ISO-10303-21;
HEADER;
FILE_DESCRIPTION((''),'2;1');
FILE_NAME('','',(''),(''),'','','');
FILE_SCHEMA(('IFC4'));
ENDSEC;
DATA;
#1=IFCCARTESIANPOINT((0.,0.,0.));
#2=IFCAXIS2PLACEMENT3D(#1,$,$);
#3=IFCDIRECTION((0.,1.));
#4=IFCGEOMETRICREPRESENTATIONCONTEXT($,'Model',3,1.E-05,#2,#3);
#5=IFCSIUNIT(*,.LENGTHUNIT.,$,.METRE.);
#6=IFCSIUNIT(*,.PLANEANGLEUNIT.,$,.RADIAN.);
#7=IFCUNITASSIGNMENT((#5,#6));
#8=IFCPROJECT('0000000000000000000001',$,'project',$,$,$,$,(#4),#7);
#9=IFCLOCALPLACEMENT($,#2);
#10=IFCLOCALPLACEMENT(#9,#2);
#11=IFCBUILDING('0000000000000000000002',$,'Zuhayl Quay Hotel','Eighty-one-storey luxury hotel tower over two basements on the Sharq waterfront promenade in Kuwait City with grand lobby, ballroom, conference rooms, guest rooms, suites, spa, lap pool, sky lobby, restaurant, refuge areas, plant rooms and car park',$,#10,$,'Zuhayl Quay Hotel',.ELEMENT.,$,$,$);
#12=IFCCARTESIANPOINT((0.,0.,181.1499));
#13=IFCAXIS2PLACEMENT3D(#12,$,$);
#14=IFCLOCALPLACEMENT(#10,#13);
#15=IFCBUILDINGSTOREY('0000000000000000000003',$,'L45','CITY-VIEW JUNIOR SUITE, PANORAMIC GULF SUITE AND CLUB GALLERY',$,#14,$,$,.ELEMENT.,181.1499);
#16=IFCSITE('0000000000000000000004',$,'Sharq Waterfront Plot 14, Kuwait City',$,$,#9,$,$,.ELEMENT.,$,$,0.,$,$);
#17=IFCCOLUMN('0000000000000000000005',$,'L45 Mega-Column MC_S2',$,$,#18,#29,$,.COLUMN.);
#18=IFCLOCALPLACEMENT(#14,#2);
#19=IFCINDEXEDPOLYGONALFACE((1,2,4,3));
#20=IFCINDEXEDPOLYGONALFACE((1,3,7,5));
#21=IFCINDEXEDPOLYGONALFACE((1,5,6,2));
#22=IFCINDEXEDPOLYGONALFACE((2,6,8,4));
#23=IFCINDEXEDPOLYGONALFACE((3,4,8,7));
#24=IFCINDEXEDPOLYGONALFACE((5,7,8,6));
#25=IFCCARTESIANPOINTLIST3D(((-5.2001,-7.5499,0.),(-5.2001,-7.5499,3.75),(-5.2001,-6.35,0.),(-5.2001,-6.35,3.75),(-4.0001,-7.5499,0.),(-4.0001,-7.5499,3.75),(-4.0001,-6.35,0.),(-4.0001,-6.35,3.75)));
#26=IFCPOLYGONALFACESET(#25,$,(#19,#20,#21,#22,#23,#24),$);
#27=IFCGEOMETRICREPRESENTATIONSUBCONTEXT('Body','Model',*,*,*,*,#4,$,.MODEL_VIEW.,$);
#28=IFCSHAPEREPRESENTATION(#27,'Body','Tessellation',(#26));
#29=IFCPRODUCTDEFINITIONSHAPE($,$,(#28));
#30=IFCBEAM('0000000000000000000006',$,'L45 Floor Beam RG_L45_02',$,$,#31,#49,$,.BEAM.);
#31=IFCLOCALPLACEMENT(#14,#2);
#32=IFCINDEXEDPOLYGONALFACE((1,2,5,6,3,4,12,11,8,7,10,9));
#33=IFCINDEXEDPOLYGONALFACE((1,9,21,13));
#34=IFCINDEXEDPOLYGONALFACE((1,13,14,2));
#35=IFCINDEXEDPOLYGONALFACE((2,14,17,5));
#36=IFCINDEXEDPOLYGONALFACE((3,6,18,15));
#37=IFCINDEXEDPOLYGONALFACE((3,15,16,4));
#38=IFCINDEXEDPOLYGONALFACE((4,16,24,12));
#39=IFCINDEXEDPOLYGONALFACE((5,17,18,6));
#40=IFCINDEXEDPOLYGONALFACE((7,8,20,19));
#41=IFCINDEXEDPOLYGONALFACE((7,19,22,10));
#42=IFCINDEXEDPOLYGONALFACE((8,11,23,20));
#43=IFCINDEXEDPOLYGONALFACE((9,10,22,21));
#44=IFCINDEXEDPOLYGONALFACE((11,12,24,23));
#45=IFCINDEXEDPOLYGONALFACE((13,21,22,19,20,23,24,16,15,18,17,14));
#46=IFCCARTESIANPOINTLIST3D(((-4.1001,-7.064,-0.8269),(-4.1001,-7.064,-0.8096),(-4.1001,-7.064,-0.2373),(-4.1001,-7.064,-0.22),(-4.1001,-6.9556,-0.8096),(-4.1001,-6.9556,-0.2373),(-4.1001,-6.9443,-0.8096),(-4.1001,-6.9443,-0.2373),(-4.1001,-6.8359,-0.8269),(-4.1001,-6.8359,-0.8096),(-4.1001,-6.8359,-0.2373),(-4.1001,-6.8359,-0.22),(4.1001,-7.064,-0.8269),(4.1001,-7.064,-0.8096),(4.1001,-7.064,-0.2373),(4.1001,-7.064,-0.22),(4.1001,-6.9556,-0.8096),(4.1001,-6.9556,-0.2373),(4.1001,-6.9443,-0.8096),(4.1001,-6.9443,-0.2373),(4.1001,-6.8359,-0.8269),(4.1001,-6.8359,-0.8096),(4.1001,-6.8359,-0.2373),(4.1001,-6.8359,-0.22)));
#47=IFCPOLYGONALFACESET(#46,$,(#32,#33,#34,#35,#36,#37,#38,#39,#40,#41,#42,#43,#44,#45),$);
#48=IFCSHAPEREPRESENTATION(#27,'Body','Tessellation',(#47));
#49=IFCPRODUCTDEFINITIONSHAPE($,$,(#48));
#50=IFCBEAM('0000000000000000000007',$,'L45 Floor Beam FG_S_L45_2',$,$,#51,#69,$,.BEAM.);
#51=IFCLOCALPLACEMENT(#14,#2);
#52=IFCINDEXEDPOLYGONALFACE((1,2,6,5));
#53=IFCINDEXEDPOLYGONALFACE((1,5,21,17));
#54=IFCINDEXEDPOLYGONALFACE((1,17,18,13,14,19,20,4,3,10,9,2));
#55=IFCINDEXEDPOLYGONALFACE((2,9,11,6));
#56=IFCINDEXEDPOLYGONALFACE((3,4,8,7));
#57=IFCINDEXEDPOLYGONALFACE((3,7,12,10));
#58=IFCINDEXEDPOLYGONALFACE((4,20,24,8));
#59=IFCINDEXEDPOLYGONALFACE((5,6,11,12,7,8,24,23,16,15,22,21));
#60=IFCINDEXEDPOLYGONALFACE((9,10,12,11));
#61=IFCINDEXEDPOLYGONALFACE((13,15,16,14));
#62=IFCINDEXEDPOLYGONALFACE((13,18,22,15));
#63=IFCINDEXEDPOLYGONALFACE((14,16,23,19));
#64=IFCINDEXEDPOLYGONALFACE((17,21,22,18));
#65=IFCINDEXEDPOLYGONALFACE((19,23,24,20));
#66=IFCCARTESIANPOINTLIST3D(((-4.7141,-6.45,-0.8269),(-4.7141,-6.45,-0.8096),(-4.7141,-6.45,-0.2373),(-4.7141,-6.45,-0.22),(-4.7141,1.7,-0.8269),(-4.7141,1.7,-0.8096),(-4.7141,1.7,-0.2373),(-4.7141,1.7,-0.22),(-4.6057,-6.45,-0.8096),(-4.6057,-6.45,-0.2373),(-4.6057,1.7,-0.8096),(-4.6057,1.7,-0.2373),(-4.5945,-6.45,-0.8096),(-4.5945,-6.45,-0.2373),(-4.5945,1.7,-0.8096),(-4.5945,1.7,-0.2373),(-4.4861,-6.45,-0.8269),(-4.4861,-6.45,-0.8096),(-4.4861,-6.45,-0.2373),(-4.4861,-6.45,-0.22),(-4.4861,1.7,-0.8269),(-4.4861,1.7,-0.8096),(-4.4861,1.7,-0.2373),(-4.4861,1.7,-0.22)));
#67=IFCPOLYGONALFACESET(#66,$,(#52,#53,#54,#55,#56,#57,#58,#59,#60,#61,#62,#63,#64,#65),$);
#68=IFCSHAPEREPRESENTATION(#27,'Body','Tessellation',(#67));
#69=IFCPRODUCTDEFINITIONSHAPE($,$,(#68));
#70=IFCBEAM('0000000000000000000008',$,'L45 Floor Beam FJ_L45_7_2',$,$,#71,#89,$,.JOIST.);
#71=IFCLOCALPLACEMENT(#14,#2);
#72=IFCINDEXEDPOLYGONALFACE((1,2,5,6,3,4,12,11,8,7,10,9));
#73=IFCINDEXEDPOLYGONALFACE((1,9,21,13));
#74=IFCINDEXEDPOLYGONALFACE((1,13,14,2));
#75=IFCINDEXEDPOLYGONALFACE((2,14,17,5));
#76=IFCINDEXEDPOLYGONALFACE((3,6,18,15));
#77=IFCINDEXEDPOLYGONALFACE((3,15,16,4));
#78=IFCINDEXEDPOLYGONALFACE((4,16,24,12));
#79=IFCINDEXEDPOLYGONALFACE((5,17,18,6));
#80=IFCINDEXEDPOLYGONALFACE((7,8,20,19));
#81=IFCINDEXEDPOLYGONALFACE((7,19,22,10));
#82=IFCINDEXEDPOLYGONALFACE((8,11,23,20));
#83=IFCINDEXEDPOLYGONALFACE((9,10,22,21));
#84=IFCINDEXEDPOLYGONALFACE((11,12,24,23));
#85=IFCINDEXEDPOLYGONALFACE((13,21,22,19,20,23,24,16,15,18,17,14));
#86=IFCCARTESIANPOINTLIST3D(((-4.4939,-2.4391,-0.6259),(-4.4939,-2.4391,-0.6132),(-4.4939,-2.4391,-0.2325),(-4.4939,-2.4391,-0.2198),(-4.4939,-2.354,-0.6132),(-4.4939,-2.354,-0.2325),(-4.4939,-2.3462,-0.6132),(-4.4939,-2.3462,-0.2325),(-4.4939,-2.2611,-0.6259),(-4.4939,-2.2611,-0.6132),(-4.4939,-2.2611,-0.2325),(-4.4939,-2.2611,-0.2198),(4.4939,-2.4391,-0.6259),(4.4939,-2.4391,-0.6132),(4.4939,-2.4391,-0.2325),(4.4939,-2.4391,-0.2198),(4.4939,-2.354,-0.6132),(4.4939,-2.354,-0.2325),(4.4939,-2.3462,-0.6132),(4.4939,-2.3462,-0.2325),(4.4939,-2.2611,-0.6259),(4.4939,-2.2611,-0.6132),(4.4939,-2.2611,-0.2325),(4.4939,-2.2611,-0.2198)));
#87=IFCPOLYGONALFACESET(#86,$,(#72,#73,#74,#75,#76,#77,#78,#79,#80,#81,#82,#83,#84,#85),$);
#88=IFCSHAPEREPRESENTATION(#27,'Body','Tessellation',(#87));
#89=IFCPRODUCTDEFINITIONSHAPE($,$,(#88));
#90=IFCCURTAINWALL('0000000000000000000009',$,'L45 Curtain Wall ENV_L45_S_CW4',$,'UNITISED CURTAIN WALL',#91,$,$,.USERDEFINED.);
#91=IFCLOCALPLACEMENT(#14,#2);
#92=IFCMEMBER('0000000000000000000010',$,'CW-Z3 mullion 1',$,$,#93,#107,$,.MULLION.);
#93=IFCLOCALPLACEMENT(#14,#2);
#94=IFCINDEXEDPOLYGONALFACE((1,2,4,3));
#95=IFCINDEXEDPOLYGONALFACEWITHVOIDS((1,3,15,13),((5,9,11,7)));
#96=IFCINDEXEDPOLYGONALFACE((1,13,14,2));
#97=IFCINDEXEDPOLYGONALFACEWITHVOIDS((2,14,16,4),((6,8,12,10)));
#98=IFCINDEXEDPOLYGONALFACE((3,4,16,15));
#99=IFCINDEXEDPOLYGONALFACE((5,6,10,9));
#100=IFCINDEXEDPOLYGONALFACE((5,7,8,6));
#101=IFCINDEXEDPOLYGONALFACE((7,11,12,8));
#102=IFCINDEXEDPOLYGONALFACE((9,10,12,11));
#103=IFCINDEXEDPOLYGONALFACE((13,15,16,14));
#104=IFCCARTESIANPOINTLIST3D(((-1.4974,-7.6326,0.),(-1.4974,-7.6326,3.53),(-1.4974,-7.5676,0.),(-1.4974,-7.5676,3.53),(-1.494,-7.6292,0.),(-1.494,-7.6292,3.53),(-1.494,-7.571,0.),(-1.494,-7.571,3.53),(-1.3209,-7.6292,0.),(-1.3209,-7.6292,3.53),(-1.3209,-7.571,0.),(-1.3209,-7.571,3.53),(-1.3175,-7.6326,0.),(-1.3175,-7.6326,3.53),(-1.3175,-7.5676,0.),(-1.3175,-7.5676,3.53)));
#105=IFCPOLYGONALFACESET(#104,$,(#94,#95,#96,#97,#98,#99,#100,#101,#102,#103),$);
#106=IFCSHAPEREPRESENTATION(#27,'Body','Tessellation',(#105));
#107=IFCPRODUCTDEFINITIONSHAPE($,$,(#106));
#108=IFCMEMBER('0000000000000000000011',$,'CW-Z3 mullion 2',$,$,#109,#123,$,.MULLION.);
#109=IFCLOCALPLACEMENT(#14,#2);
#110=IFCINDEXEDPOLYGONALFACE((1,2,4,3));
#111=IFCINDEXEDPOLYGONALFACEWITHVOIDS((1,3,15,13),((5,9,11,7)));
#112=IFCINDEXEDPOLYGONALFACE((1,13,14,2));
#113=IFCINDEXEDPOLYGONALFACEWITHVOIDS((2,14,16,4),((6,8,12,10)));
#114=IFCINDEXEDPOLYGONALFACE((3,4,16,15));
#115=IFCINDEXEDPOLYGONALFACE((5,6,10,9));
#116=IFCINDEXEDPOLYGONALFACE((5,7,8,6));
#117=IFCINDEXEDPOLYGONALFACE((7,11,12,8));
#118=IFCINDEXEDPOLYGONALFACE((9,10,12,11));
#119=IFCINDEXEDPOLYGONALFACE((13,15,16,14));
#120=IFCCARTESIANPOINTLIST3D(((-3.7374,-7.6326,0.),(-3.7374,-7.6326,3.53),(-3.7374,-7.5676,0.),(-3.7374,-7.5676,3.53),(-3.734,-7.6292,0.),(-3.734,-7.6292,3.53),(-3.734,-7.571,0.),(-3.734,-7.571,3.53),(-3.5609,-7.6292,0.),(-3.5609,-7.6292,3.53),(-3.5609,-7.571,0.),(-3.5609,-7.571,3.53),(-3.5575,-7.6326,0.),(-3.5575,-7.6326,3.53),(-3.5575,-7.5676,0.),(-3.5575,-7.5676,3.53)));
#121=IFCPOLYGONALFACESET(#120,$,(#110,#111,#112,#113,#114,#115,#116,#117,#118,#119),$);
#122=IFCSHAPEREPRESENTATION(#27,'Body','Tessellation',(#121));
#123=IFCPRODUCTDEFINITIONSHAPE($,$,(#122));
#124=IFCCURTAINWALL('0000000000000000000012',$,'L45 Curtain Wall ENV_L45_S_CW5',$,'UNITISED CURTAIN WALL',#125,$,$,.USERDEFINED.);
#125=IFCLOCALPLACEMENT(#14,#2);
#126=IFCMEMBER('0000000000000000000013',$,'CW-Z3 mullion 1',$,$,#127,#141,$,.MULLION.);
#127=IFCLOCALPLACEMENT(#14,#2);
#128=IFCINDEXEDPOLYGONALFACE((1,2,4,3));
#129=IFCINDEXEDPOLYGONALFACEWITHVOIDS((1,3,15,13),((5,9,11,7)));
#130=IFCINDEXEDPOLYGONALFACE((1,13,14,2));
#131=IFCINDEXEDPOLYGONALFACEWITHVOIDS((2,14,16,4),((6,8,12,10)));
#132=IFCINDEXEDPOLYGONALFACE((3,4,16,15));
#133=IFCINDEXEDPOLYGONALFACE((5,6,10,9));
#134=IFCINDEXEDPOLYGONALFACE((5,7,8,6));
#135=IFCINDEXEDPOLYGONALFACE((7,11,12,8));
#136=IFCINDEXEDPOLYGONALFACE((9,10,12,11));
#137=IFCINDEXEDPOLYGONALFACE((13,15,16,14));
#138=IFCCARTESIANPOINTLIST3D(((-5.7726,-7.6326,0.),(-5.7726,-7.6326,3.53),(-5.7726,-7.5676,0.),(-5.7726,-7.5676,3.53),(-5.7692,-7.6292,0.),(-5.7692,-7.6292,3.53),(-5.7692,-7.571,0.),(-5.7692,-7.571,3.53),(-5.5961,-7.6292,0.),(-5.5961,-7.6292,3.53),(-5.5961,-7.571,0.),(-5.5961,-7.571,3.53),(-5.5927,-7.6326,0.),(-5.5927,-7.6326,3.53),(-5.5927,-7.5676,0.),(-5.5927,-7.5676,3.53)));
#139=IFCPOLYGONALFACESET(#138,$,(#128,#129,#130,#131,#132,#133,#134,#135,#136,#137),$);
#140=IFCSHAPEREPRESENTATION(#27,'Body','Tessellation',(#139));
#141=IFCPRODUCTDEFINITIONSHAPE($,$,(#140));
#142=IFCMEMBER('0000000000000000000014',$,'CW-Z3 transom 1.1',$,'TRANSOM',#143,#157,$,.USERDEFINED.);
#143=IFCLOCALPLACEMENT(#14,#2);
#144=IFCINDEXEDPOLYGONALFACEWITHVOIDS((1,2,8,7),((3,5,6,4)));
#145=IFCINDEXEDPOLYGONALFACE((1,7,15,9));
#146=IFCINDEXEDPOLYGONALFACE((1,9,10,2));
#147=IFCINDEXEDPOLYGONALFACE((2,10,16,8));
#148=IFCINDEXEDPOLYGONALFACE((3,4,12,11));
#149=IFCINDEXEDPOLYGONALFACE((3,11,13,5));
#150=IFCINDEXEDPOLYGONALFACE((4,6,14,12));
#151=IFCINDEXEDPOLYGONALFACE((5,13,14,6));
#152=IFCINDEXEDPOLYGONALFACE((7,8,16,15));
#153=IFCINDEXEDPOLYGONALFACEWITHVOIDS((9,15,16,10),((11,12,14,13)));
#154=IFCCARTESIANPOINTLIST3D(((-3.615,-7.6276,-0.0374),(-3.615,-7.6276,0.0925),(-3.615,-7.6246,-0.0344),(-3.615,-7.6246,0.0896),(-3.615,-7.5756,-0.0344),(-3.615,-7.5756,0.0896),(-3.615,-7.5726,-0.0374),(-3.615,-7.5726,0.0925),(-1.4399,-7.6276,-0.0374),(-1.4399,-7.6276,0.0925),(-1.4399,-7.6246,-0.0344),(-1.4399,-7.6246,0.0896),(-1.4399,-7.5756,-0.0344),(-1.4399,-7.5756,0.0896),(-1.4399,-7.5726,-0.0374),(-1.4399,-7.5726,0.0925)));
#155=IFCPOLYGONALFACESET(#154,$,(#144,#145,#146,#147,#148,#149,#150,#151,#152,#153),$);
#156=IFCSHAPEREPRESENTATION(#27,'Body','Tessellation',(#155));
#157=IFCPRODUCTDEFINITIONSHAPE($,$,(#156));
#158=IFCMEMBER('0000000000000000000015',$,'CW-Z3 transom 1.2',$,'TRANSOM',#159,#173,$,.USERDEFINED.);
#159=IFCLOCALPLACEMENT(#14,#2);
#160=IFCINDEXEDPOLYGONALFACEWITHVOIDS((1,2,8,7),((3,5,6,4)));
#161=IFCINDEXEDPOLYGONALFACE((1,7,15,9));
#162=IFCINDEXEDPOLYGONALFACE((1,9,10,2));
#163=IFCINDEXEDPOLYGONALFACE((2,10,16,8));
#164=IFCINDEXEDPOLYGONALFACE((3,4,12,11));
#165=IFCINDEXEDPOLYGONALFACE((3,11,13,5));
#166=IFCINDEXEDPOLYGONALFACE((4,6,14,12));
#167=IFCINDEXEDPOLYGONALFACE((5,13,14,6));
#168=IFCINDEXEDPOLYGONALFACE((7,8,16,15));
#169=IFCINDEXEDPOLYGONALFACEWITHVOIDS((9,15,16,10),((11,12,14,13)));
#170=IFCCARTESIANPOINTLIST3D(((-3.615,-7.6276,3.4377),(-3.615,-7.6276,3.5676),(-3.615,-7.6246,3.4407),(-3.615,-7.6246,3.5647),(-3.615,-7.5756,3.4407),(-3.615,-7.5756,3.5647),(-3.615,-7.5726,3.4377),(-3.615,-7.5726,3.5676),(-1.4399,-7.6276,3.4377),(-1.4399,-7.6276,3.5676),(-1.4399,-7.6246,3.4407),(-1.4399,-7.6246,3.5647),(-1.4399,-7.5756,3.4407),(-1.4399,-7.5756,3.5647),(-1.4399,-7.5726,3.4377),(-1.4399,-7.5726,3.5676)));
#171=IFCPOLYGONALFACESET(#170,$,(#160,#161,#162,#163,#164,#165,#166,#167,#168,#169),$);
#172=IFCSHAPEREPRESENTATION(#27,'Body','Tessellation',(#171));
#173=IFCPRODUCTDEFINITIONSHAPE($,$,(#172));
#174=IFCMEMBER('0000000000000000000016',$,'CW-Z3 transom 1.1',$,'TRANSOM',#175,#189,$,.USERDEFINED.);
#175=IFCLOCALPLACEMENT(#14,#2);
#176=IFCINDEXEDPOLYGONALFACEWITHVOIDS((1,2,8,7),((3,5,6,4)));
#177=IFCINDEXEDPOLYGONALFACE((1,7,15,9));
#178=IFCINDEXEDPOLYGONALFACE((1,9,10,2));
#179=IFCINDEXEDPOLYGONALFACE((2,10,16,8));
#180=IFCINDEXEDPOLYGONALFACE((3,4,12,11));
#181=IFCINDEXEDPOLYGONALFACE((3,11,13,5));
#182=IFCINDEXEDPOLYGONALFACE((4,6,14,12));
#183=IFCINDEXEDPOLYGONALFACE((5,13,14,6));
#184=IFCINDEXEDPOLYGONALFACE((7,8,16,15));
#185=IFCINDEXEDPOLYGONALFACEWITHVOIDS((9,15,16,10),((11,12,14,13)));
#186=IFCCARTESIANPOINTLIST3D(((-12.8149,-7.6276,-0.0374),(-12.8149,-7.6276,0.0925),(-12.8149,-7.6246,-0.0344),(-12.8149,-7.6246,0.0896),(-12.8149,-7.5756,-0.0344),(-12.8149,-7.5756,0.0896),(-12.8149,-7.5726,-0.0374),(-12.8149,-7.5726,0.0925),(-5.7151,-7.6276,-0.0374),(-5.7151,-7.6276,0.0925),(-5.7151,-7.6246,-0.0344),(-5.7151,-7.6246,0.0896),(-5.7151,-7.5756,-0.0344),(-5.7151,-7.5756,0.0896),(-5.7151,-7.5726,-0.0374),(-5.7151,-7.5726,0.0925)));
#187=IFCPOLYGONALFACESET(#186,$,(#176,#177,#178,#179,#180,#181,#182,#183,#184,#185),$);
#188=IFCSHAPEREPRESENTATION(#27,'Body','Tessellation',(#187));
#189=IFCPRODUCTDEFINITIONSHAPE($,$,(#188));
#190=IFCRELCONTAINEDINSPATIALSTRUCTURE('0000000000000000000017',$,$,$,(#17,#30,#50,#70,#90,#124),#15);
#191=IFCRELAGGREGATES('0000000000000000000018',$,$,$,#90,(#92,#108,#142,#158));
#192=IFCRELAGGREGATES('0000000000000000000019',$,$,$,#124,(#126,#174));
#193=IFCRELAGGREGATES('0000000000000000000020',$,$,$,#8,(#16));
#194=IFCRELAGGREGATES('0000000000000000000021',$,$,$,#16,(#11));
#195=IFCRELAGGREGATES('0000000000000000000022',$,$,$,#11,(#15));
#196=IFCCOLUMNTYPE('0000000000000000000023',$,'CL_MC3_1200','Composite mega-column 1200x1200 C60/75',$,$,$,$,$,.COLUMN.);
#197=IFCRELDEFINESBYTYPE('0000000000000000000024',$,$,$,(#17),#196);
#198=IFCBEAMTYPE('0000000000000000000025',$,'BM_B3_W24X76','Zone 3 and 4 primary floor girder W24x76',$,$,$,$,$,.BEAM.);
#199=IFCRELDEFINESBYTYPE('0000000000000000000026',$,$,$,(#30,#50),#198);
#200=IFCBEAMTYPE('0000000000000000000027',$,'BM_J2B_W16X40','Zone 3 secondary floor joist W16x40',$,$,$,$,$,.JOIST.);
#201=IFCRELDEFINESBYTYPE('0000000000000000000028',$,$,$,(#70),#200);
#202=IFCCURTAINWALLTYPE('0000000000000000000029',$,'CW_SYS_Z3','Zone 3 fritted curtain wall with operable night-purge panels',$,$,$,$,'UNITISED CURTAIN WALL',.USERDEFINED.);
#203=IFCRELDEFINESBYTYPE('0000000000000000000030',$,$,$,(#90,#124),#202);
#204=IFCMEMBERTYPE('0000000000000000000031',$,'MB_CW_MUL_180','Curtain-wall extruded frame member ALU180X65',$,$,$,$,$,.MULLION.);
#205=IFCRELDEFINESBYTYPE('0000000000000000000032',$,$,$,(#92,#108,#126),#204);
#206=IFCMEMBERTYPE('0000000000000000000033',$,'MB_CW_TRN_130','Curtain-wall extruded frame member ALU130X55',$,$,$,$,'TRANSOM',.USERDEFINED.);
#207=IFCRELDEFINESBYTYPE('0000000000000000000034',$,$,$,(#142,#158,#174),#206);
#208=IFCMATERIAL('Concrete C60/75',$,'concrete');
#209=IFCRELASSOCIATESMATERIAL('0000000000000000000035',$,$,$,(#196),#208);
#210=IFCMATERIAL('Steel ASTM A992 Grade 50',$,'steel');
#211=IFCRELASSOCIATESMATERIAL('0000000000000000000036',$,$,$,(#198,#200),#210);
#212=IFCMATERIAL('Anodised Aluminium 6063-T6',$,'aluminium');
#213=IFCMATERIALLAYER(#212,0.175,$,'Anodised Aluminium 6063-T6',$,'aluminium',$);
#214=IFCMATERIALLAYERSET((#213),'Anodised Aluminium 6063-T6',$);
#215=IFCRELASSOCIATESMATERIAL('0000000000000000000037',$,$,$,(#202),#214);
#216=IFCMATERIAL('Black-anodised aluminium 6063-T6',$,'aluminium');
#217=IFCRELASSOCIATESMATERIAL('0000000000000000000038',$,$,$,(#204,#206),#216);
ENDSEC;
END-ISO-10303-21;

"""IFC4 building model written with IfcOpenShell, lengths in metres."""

from ifc_helpers import new_model, si_unit, direction, frame, origin, origin_2d, place, context, subcontext, project, spatial, rectangle, hollow_rectangle, i_section, extrude, material, layer, layer_set, material_profile, profile_set, type_object, element, aggregate, save


model = new_model("IFC4")

# Units and contexts
model_context = context("Model", 3, precision=1e-05, world=origin(), true_north=direction((0.0, 1.0)))
body_context = subcontext(model_context, "Body", "Model", "MODEL_VIEW")
ifc_project = project(units=[si_unit("LENGTHUNIT", "METRE"), si_unit("PLANEANGLEUNIT", "RADIAN")], contexts=[model_context])

# Site, building, storey
site_placement = place(None, origin())
site = spatial("IfcSite", under=ifc_project, at=site_placement, Name="Sharq Waterfront Plot 14, Kuwait City", CompositionType="ELEMENT", RefElevation=0.0)
building_placement = place(site_placement, origin())
building = spatial("IfcBuilding", under=site, at=building_placement, Name="Zuhayl Quay Hotel", Description="Eighty-one-storey luxury hotel tower over two basements on the Sharq waterfront promenade in Kuwait City with grand lobby, ballroom, conference rooms, guest rooms, suites, spa, lap pool, sky lobby, restaurant, refuge areas, plant rooms and car park", LongName="Zuhayl Quay Hotel", CompositionType="ELEMENT")
storey_placement = place(building_placement, frame((0.0, 0.0, 181.1499)))
storey = spatial("IfcBuildingStorey", under=building, at=storey_placement, Name="L45", Description="CITY-VIEW JUNIOR SUITE, PANORAMIC GULF SUITE AND CLUB GALLERY", CompositionType="ELEMENT", Elevation=181.1499)

# Column
ifc_material_1 = material(Name="Concrete C60/75", Category="concrete")
ifc_material_profile_1 = material_profile(ifc_material_1, rectangle(XDim=1.2, YDim=1.2, at=origin_2d()), Name="RC1200X1200")
ifc_profile_set_1 = profile_set([ifc_material_profile_1], Name="Concrete C60/75")
column_type = type_object("IfcColumnType", Name="CL_MC3_1200", Description="Composite mega-column 1200x1200 C60/75", PredefinedType="COLUMN", material=ifc_profile_set_1)
column_placement = place(storey_placement, frame((-4.6001, -6.95, 0.0), z_axis=(0.0, 0.0, 1.0), x_axis=(1.0, 0.0, 0.0)))
element("IfcColumn", 1, at=column_placement, inside=storey, type_object=column_type, Name="L45 Mega-Column MC_S2", PredefinedType="COLUMN", context=body_context, shape_type="SweptSolid", body=[
    extrude(rectangle(XDim=1.2, YDim=1.2, at=origin_2d()), origin(), (0.0, 0.0, 1.0), 3.75),
])

# Beams
ifc_material_2 = material(Name="Steel ASTM A992 Grade 50", Category="steel")
ifc_material_profile_2 = material_profile(ifc_material_2, i_section(OverallWidth=0.228, OverallDepth=0.6069, WebThickness=0.0112, FlangeThickness=0.0173, at=origin_2d()), Name="W24X76")
ifc_profile_set_2 = profile_set([ifc_material_profile_2], Name="Steel ASTM A992 Grade 50")
beam_type_1 = type_object("IfcBeamType", Name="BM_B3_W24X76", Description="Zone 3 and 4 primary floor girder W24x76", PredefinedType="BEAM", material=ifc_profile_set_2)
beam_1_placement = place(storey_placement, frame((-4.1001, -6.95, -0.5234), z_axis=(1.0, 0.0, 0.0), x_axis=(0.0, 1.0, 0.0)))
element("IfcBeam", 2, at=beam_1_placement, inside=storey, type_object=beam_type_1, Name="L45 Floor Beam RG_L45_02", PredefinedType="BEAM", context=body_context, shape_type="SweptSolid", body=[
    extrude(i_section(OverallWidth=0.228, OverallDepth=0.6069, WebThickness=0.0112, FlangeThickness=0.0173, at=origin_2d()), origin(), (0.0, 0.0, 1.0), 8.2002),
])
beam_2_placement = place(storey_placement, frame((-4.6001, -6.45, -0.5234), z_axis=(0.0, 1.0, 0.0), x_axis=(-1.0, 0.0, 0.0)))
element("IfcBeam", 3, at=beam_2_placement, inside=storey, type_object=beam_type_1, Name="L45 Floor Beam FG_S_L45_2", PredefinedType="BEAM", context=body_context, shape_type="SweptSolid", body=[
    extrude(i_section(OverallWidth=0.228, OverallDepth=0.6069, WebThickness=0.0112, FlangeThickness=0.0173, at=origin_2d()), origin(), (0.0, 0.0, 1.0), 8.1499),
])
ifc_material_profile_3 = material_profile(ifc_material_2, i_section(OverallWidth=0.178, OverallDepth=0.406, WebThickness=0.0078, FlangeThickness=0.0127, at=origin_2d()), Name="W16X40")
ifc_profile_set_3 = profile_set([ifc_material_profile_3], Name="Steel ASTM A992 Grade 50")
beam_type_2 = type_object("IfcBeamType", Name="BM_J2B_W16X40", Description="Zone 3 secondary floor joist W16x40", PredefinedType="JOIST", material=ifc_profile_set_3)
beam_3_placement = place(storey_placement, frame((-4.4939, -2.3501, -0.4229), z_axis=(1.0, 0.0, 0.0), x_axis=(0.0, 1.0, 0.0)))
element("IfcBeam", 4, at=beam_3_placement, inside=storey, type_object=beam_type_2, Name="L45 Floor Beam FJ_L45_7_2", PredefinedType="JOIST", context=body_context, shape_type="SweptSolid", body=[
    extrude(i_section(OverallWidth=0.178, OverallDepth=0.406, WebThickness=0.0078, FlangeThickness=0.0127, at=origin_2d()), origin(), (0.0, 0.0, 1.0), 8.9878),
])

# Curtain wall, members
ifc_material_3 = material(Name="Anodised Aluminium 6063-T6", Category="aluminium")
ifc_layer_1 = layer(ifc_material_3, 0.175, Name="Anodised Aluminium 6063-T6", Category="aluminium")
ifc_layer_set_1 = layer_set([ifc_layer_1], Name="Anodised Aluminium 6063-T6")
curtain_wall_type = type_object("IfcCurtainWallType", Name="CW_SYS_Z3", Description="Zone 3 fritted curtain wall with operable night-purge panels", ElementType="UNITISED CURTAIN WALL", PredefinedType="USERDEFINED", material=ifc_layer_set_1)
curtain_wall_1_placement = place(storey_placement, origin())
curtain_wall_1 = element("IfcCurtainWall", 5, at=curtain_wall_1_placement, inside=storey, type_object=curtain_wall_type, Name="L45 Curtain Wall ENV_L45_S_CW4", ObjectType="UNITISED CURTAIN WALL", PredefinedType="USERDEFINED")
ifc_material_4 = material(Name="Black-anodised aluminium 6063-T6", Category="aluminium")
ifc_material_profile_4 = material_profile(ifc_material_4, hollow_rectangle(XDim=0.0649, YDim=0.1799, WallThickness=0.0034, at=origin_2d()), Name="ALU180X65")
ifc_profile_set_4 = profile_set([ifc_material_profile_4], Name="Black-anodised aluminium 6063-T6")
member_type_1 = type_object("IfcMemberType", Name="MB_CW_MUL_180", Description="Curtain-wall extruded frame member ALU180X65", PredefinedType="MULLION", material=ifc_profile_set_4)
member_1_placement = place(storey_placement, frame((-1.4075, -7.6001, 0.0), z_axis=(0.0, 0.0, 1.0), x_axis=(0.0, -1.0, 0.0)))
member_1 = element("IfcMember", 6, at=member_1_placement, type_object=member_type_1, Name="CW-Z3 mullion 1", PredefinedType="MULLION", context=body_context, shape_type="SweptSolid", body=[
    extrude(hollow_rectangle(XDim=0.0649, YDim=0.1799, WallThickness=0.0034, at=origin_2d()), origin(), (0.0, 0.0, 1.0), 3.53),
])
member_2_placement = place(storey_placement, frame((-3.6475, -7.6001, 0.0), z_axis=(0.0, 0.0, 1.0), x_axis=(0.0, -1.0, 0.0)))
member_2 = element("IfcMember", 7, at=member_2_placement, type_object=member_type_1, Name="CW-Z3 mullion 2", PredefinedType="MULLION", context=body_context, shape_type="SweptSolid", body=[
    extrude(hollow_rectangle(XDim=0.0649, YDim=0.1799, WallThickness=0.0034, at=origin_2d()), origin(), (0.0, 0.0, 1.0), 3.53),
])

# Curtain wall, member
curtain_wall_2_placement = place(storey_placement, origin())
curtain_wall_2 = element("IfcCurtainWall", 8, at=curtain_wall_2_placement, inside=storey, type_object=curtain_wall_type, Name="L45 Curtain Wall ENV_L45_S_CW5", ObjectType="UNITISED CURTAIN WALL", PredefinedType="USERDEFINED")
member_3_placement = place(storey_placement, frame((-5.6826, -7.6001, 0.0), z_axis=(0.0, 0.0, 1.0), x_axis=(0.0, -1.0, 0.0)))
member_3 = element("IfcMember", 9, at=member_3_placement, type_object=member_type_1, Name="CW-Z3 mullion 1", PredefinedType="MULLION", context=body_context, shape_type="SweptSolid", body=[
    extrude(hollow_rectangle(XDim=0.0649, YDim=0.1799, WallThickness=0.0034, at=origin_2d()), origin(), (0.0, 0.0, 1.0), 3.53),
])

# Members
ifc_material_profile_5 = material_profile(ifc_material_4, hollow_rectangle(XDim=0.0549, YDim=0.1299, WallThickness=0.0029, at=origin_2d()), Name="ALU130X55")
ifc_profile_set_5 = profile_set([ifc_material_profile_5], Name="Black-anodised aluminium 6063-T6")
member_type_2 = type_object("IfcMemberType", Name="MB_CW_TRN_130", Description="Curtain-wall extruded frame member ALU130X55", ElementType="TRANSOM", PredefinedType="USERDEFINED", material=ifc_profile_set_5)
member_4_placement = place(storey_placement, frame((-1.4399, -7.6001, 0.0276), z_axis=(-1.0, 0.0, 0.0), x_axis=(0.0, -1.0, 0.0)))
member_4 = element("IfcMember", 10, at=member_4_placement, type_object=member_type_2, Name="CW-Z3 transom 1.1", ObjectType="TRANSOM", PredefinedType="USERDEFINED", context=body_context, shape_type="SweptSolid", body=[
    extrude(hollow_rectangle(XDim=0.0549, YDim=0.1299, WallThickness=0.0029, at=origin_2d()), origin(), (0.0, 0.0, 1.0), 2.175),
])
member_5_placement = place(storey_placement, frame((-1.4399, -7.6001, 3.5027), z_axis=(-1.0, 0.0, 0.0), x_axis=(0.0, -1.0, 0.0)))
member_5 = element("IfcMember", 11, at=member_5_placement, type_object=member_type_2, Name="CW-Z3 transom 1.2", ObjectType="TRANSOM", PredefinedType="USERDEFINED", context=body_context, shape_type="SweptSolid", body=[
    extrude(hollow_rectangle(XDim=0.0549, YDim=0.1299, WallThickness=0.0029, at=origin_2d()), origin(), (0.0, 0.0, 1.0), 2.175),
])
member_6_placement = place(storey_placement, frame((-5.7151, -7.6001, 0.0276), z_axis=(-1.0, 0.0, 0.0), x_axis=(0.0, -1.0, 0.0)))
member_6 = element("IfcMember", 12, at=member_6_placement, type_object=member_type_2, Name="CW-Z3 transom 1.1", ObjectType="TRANSOM", PredefinedType="USERDEFINED", context=body_context, shape_type="SweptSolid", body=[
    extrude(hollow_rectangle(XDim=0.0549, YDim=0.1299, WallThickness=0.0029, at=origin_2d()), origin(), (0.0, 0.0, 1.0), 7.0999),
])

aggregate(curtain_wall_1, [member_1, member_2, member_4, member_5])
aggregate(curtain_wall_2, [member_3, member_6])

save(model, "model.ifc")
